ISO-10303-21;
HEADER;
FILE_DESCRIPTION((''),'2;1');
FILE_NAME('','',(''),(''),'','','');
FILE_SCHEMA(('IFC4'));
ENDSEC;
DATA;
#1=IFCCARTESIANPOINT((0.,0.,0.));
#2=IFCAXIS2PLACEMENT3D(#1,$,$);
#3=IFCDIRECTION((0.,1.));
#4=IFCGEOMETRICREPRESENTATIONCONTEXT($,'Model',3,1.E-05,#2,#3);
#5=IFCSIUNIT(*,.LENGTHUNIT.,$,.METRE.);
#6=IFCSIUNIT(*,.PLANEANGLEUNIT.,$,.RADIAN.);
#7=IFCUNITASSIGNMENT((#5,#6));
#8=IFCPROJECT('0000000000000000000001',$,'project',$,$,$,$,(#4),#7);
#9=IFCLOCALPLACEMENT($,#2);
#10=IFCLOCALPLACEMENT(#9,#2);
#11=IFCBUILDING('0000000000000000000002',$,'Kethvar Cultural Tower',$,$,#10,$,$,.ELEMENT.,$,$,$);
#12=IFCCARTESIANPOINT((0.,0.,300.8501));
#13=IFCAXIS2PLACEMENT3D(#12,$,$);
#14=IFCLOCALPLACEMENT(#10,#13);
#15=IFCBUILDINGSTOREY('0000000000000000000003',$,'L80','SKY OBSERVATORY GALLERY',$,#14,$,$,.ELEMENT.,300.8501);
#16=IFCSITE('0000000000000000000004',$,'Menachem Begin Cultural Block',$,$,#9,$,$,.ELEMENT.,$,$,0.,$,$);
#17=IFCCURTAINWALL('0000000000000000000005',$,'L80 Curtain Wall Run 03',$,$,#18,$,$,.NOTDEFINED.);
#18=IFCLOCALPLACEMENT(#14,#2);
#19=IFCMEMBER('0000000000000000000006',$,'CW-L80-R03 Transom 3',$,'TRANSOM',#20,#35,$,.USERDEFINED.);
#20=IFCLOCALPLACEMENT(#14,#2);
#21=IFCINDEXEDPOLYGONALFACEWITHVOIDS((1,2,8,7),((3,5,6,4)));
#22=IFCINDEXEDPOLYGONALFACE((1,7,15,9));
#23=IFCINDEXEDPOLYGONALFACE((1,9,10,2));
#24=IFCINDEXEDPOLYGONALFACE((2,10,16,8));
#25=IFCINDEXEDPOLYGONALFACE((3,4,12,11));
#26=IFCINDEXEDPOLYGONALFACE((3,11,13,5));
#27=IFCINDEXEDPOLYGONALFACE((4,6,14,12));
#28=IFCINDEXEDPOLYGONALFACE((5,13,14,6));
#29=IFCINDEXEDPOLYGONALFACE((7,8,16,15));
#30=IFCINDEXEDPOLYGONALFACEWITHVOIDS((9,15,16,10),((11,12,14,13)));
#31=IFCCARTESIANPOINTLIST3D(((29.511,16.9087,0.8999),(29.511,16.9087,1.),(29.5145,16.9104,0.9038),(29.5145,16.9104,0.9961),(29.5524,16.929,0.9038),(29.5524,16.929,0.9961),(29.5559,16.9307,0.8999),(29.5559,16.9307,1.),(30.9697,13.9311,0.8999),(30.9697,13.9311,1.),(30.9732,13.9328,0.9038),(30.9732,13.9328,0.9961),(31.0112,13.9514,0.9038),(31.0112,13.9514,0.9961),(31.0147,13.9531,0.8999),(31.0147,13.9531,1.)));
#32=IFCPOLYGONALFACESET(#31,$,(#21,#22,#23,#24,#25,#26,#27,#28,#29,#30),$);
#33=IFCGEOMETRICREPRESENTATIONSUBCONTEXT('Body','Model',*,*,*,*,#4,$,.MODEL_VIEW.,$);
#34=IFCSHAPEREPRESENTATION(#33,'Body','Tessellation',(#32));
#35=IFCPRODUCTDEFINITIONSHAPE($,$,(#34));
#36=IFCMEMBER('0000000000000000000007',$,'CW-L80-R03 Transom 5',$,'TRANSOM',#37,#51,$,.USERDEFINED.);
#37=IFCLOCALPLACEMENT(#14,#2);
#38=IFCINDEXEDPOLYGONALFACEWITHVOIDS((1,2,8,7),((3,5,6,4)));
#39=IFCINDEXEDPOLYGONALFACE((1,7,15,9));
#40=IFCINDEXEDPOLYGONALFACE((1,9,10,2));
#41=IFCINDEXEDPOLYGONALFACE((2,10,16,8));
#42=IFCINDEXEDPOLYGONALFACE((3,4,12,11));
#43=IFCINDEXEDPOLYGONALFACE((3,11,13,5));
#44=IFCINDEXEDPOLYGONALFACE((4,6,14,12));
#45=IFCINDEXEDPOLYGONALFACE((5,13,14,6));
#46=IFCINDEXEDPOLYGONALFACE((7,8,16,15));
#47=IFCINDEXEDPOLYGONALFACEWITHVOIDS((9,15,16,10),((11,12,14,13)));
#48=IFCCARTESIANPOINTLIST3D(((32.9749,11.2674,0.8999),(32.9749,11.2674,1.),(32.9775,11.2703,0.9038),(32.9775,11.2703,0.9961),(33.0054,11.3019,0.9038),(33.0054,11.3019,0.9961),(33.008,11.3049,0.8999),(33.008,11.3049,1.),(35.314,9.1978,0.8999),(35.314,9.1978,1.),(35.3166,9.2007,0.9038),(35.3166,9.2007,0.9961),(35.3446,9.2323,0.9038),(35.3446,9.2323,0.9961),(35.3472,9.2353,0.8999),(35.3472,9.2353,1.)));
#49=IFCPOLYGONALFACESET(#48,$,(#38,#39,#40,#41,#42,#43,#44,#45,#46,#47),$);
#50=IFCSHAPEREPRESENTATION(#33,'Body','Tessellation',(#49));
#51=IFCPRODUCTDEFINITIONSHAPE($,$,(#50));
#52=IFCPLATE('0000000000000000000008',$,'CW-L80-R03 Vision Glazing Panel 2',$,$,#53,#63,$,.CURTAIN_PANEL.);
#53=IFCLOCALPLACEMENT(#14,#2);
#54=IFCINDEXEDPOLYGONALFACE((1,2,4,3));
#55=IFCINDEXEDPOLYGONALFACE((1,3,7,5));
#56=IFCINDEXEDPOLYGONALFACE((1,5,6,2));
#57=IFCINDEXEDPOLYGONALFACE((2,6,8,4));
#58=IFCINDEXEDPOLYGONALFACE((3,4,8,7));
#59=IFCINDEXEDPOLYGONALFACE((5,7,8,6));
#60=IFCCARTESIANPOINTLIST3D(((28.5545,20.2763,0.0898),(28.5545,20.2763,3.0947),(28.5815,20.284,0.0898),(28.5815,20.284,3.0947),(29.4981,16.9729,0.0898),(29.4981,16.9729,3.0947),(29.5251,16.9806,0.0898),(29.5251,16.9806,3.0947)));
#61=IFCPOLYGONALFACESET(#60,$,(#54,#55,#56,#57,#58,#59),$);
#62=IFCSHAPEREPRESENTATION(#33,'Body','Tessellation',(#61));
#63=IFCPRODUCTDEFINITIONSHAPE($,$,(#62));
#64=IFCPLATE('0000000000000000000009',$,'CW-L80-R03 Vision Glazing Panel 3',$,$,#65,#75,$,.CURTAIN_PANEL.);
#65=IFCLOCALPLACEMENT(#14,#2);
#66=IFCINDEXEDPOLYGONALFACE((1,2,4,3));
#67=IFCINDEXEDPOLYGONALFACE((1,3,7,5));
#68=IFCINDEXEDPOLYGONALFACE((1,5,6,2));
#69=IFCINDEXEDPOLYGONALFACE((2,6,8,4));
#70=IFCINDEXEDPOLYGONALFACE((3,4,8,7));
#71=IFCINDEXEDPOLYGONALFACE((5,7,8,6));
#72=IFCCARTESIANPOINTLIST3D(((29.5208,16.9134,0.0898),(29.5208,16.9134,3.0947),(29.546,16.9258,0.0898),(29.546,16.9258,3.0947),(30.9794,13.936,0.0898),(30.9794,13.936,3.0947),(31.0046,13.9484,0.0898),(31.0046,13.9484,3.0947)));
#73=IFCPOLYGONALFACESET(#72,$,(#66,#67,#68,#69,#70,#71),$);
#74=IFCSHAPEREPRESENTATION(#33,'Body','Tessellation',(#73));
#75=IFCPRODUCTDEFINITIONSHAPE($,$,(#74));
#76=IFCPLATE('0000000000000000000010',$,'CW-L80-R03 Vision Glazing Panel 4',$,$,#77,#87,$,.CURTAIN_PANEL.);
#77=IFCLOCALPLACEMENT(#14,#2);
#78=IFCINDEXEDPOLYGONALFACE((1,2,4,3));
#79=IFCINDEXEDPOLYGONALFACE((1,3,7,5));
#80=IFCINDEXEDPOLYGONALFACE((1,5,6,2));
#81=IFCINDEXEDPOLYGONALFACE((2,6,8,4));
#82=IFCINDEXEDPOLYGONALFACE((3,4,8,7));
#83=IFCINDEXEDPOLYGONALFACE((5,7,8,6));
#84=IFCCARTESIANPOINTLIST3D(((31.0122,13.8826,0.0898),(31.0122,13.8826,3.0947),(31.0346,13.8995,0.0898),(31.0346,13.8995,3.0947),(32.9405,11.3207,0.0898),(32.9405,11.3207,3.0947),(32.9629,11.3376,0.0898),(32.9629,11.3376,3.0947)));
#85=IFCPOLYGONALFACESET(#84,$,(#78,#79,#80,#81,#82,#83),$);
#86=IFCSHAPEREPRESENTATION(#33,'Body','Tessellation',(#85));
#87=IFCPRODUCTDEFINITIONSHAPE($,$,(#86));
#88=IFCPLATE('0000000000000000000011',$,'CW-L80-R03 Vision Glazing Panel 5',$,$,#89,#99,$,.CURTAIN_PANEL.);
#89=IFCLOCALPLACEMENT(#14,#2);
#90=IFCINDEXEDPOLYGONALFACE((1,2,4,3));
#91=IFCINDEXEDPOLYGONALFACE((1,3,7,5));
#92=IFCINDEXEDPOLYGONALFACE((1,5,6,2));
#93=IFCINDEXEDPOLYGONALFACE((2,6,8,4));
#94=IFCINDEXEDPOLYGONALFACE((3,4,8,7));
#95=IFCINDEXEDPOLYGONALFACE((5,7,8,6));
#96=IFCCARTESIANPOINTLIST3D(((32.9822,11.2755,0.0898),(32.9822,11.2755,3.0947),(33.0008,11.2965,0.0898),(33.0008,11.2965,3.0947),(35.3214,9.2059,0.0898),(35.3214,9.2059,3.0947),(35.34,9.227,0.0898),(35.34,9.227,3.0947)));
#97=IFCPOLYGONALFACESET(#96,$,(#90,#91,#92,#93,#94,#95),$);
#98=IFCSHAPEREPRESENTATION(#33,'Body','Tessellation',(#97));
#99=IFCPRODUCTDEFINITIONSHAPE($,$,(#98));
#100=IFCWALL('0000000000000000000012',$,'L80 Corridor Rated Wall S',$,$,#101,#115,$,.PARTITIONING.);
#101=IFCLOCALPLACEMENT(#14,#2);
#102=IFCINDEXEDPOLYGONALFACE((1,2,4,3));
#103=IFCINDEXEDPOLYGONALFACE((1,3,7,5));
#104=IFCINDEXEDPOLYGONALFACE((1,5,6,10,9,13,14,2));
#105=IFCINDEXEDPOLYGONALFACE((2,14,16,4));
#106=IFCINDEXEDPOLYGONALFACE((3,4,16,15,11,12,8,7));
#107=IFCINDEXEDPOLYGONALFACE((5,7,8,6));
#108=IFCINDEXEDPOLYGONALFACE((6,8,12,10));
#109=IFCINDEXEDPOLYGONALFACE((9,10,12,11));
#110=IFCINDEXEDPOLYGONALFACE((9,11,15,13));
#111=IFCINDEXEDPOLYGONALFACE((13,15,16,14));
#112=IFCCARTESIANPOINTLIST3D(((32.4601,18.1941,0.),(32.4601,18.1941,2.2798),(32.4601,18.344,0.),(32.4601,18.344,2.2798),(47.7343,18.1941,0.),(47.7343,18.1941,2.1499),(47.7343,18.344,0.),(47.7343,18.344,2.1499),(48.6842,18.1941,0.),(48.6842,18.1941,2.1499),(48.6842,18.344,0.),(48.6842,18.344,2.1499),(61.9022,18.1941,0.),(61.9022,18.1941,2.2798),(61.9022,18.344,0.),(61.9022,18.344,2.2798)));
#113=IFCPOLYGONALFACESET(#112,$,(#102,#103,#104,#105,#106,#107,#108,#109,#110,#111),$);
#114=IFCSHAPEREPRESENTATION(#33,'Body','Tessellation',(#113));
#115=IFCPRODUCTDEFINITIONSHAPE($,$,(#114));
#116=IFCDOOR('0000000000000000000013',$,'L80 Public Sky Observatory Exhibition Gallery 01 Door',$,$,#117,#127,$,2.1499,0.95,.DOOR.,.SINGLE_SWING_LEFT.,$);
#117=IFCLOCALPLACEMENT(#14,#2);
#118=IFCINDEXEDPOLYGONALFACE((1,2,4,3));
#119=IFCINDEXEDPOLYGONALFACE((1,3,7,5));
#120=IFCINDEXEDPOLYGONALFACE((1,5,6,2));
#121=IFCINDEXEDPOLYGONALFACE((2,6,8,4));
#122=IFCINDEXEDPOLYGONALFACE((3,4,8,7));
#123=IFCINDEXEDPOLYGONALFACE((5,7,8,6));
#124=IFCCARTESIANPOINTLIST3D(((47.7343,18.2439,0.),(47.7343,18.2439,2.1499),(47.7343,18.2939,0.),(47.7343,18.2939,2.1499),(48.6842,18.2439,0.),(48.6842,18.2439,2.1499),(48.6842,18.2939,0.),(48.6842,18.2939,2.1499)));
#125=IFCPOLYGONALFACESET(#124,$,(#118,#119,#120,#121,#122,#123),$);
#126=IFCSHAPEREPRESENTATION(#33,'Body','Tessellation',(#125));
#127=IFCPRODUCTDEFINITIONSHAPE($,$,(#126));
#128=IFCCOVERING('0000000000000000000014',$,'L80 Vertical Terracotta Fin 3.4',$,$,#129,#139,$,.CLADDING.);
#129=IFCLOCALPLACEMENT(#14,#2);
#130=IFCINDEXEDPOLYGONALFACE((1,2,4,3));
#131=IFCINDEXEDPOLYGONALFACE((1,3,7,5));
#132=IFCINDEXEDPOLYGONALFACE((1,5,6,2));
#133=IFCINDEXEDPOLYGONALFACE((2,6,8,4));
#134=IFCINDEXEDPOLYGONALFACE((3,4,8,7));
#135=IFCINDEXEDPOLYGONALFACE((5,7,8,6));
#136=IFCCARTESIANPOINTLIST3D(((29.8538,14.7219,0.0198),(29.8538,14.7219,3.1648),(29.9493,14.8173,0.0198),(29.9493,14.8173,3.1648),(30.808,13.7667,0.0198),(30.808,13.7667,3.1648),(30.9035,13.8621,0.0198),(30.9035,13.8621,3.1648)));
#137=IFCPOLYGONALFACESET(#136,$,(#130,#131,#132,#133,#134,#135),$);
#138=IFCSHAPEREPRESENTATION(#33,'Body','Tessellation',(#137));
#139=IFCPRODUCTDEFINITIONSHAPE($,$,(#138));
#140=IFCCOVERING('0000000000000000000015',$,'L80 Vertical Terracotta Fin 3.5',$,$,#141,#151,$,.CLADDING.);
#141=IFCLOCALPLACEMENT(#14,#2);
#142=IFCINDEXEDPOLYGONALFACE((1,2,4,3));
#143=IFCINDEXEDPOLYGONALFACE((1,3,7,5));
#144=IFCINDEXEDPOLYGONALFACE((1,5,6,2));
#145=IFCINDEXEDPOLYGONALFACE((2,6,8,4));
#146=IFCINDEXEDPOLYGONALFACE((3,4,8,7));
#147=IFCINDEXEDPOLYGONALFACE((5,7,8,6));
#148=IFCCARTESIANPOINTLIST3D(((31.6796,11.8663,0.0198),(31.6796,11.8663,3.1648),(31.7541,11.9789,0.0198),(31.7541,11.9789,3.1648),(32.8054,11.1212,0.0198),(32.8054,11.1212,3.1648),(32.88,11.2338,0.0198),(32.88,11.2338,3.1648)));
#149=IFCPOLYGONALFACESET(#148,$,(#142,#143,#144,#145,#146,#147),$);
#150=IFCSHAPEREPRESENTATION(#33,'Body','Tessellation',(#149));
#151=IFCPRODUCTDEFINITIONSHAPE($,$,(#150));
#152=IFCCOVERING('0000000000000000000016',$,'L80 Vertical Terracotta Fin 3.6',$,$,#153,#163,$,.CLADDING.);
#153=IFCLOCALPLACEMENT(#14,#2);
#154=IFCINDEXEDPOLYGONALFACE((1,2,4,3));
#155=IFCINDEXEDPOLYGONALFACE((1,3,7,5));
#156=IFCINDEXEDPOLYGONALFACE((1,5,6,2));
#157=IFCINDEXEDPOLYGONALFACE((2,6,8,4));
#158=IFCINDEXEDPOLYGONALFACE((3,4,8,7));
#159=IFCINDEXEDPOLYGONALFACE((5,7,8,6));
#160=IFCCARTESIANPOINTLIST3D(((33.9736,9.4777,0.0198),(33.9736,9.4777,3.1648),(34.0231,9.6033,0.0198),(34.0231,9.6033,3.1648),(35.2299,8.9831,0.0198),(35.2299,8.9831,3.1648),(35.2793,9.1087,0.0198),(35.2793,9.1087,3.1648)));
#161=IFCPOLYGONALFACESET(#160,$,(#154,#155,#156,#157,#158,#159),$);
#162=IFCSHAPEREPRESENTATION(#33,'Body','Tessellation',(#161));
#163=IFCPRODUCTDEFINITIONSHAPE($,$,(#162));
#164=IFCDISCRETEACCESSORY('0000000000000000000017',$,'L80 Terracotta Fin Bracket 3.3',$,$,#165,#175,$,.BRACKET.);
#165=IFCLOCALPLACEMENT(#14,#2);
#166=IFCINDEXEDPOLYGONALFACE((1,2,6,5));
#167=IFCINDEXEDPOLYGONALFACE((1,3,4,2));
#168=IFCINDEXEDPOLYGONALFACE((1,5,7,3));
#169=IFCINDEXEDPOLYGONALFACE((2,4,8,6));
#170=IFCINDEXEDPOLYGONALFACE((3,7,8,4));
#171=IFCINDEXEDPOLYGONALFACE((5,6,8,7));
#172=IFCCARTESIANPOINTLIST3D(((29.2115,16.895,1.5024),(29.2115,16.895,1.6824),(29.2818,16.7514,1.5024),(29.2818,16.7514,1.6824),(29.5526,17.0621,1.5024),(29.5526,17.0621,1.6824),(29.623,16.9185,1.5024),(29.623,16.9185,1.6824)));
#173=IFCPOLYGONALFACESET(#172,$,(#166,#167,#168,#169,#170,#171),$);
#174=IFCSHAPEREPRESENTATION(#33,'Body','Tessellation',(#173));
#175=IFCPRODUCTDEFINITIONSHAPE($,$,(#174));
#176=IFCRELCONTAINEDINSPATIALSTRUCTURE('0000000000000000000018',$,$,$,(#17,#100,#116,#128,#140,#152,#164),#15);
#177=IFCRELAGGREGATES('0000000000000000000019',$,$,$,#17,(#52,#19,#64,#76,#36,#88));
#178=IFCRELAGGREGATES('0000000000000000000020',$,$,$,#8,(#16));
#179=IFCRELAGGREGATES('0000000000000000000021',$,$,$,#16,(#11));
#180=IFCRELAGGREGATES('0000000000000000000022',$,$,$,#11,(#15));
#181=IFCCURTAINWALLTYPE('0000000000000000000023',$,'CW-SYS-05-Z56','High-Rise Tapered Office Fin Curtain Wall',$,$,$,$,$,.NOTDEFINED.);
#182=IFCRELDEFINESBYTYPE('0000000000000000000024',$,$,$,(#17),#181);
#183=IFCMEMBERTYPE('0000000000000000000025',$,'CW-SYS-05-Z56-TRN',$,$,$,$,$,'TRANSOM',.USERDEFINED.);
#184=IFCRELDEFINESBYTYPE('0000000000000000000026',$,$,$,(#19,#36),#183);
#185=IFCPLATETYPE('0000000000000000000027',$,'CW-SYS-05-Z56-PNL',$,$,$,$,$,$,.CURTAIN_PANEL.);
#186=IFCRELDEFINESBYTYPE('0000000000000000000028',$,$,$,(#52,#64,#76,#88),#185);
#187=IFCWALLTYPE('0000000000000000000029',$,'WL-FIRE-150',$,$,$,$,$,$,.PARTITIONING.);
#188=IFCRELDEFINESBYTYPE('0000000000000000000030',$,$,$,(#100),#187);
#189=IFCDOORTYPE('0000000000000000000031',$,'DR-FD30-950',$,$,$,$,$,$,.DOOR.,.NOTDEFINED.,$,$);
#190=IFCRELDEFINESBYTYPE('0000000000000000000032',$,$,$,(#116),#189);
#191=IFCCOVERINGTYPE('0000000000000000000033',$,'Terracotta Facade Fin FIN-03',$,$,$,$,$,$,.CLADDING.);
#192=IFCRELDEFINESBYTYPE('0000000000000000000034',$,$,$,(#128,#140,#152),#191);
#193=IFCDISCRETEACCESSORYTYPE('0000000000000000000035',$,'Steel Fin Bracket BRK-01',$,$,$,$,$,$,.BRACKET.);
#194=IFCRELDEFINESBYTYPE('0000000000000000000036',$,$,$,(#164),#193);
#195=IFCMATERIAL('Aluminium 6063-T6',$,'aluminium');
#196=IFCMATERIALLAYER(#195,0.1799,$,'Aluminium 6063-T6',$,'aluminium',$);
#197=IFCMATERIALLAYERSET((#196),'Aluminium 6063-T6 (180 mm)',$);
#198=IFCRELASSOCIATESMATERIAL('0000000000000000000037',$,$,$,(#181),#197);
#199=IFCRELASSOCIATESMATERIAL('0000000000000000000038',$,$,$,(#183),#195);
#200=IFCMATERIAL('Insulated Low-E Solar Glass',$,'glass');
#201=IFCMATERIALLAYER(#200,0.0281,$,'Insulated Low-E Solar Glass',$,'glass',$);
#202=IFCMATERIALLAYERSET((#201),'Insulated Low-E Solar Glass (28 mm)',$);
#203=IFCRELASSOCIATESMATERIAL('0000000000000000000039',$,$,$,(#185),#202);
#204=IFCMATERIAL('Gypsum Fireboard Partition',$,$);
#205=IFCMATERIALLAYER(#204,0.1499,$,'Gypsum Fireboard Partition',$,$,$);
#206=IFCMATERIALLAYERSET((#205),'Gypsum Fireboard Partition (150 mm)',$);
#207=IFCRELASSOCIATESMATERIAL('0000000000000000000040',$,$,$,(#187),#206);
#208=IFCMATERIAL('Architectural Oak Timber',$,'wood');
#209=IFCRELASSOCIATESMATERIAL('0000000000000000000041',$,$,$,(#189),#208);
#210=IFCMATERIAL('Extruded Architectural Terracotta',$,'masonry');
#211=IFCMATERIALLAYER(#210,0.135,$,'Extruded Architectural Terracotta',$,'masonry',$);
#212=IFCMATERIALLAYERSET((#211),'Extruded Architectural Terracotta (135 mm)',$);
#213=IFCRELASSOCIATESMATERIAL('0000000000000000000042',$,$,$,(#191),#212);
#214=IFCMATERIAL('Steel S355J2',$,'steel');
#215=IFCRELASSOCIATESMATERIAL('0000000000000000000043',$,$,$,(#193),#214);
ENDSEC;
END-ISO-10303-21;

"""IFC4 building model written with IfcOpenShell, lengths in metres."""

from ifc_helpers import new_model, si_unit, direction, frame, frame_2d, origin, origin_2d, place, context, subcontext, project, spatial, rectangle, hollow_rectangle, extrude, source, transform, mapped, material, layer, layer_set, material_profile, profile_set, type_object, element, fill, aggregate, save


model = new_model("IFC4")

# Units and contexts
model_context = context("Model", 3, precision=1e-05, world=origin(), true_north=direction((0.0, 1.0)))
body_context = subcontext(model_context, "Body", "Model", "MODEL_VIEW")
ifc_project = project(units=[si_unit("LENGTHUNIT", "METRE"), si_unit("PLANEANGLEUNIT", "RADIAN")], contexts=[model_context])

# Site, building, storey
site_placement = place(None, origin())
site = spatial("IfcSite", under=ifc_project, at=site_placement, Name="Menachem Begin Cultural Block", CompositionType="ELEMENT", RefElevation=0.0)
building_placement = place(site_placement, origin())
building = spatial("IfcBuilding", under=site, at=building_placement, Name="Kethvar Cultural Tower", CompositionType="ELEMENT")
storey_placement = place(building_placement, frame((0.0, 0.0, 300.8501)))
storey = spatial("IfcBuildingStorey", under=building, at=storey_placement, Name="L80", Description="SKY OBSERVATORY GALLERY", CompositionType="ELEMENT", Elevation=300.8501)

# Shared definitions
ifc_material_1 = material(Name="Steel S355J2", Category="steel")

# Curtain wall, members, plates
ifc_material_2 = material(Name="Aluminium 6063-T6", Category="aluminium")
ifc_layer_1 = layer(ifc_material_2, 0.1799, Name="Aluminium 6063-T6", Category="aluminium")
ifc_layer_set_1 = layer_set([ifc_layer_1], Name="Aluminium 6063-T6 (180 mm)")
curtain_wall_type = type_object("IfcCurtainWallType", Name="CW-SYS-05-Z56", Description="High-Rise Tapered Office Fin Curtain Wall", PredefinedType="NOTDEFINED", material=ifc_layer_set_1)
curtain_wall_placement = place(storey_placement, origin())
curtain_wall = element("IfcCurtainWall", 1, at=curtain_wall_placement, inside=storey, type_object=curtain_wall_type, Name="L80 Curtain Wall Run 03", PredefinedType="NOTDEFINED")
ifc_material_profile_1 = material_profile(ifc_material_2, hollow_rectangle(XDim=0.05, YDim=0.1001, WallThickness=0.0039, at=origin_2d()), Name="Aluminium 6063-T6 — RHS100x50x4")
ifc_profile_set_1 = profile_set([ifc_material_profile_1], Name="Aluminium 6063-T6 — RHS100x50x4")
member_type_1 = type_object("IfcMemberType", Name="CW-SYS-05-Z56-TRN", ElementType="TRANSOM", PredefinedType="USERDEFINED", material=ifc_profile_set_1)
shared_shape_1 = source(origin(), body_context, "Body", "SweptSolid", [
    extrude(hollow_rectangle(XDim=0.05, YDim=0.1001, WallThickness=0.0039, at=origin_2d()), origin(), (0.0, 0.0, 1.0), 3.3157),
])
member_1_placement = place(storey_placement, frame((29.5334, 16.9197, 0.95), z_axis=(0.439953, -0.898021, 0.0), x_axis=(0.898021, 0.439953, 0.0)))
member_1 = element("IfcMember", 2, at=member_1_placement, type_object=member_type_1, Name="CW-L80-R03 Transom 3", ObjectType="TRANSOM", PredefinedType="USERDEFINED", context=body_context, shape_type="MappedRepresentation", body=[
    mapped(shared_shape_1, transform((0.0, 0.0, 0.0), scale=1.0)),
])
shared_shape_2 = source(origin(), body_context, "Body", "SweptSolid", [
    extrude(hollow_rectangle(XDim=0.05, YDim=0.1001, WallThickness=0.0039, at=origin_2d()), origin(), (0.0, 0.0, 1.0), 3.1233),
])
member_2_placement = place(storey_placement, frame((32.9915, 11.2861, 0.95), z_axis=(0.748938, -0.66264, 0.0), x_axis=(0.66264, 0.748938, 0.0)))
member_2 = element("IfcMember", 3, at=member_2_placement, type_object=member_type_1, Name="CW-L80-R03 Transom 5", ObjectType="TRANSOM", PredefinedType="USERDEFINED", context=body_context, shape_type="MappedRepresentation", body=[
    mapped(shared_shape_2, transform((0.0, 0.0, 0.0), scale=1.0)),
])
ifc_material_3 = material(Name="Insulated Low-E Solar Glass", Category="glass")
ifc_layer_2 = layer(ifc_material_3, 0.0281, Name="Insulated Low-E Solar Glass", Category="glass")
ifc_layer_set_2 = layer_set([ifc_layer_2], Name="Insulated Low-E Solar Glass (28 mm)")
plate_type = type_object("IfcPlateType", Name="CW-SYS-05-Z56-PNL", PredefinedType="CURTAIN_PANEL", material=ifc_layer_set_2)
shared_shape_3 = source(origin(), body_context, "Body", "SweptSolid", [
    extrude(rectangle(XDim=3.4355, YDim=0.0281, at=origin_2d()), origin(), (0.0, 0.0, 1.0), 3.0049),
])
plate_1_placement = place(storey_placement, frame((29.0398, 18.6284, 0.0898), z_axis=(0.0, 0.0, 1.0), x_axis=(0.274681, -0.961535, 0.0)))
plate_1 = element("IfcPlate", 4, at=plate_1_placement, type_object=plate_type, Name="CW-L80-R03 Vision Glazing Panel 2", PredefinedType="CURTAIN_PANEL", context=body_context, shape_type="MappedRepresentation", body=[
    mapped(shared_shape_3, transform((0.0, 0.0, 0.0), scale=1.0)),
])
shared_shape_4 = source(origin(), body_context, "Body", "SweptSolid", [
    extrude(rectangle(XDim=3.3154, YDim=0.0281, at=origin_2d()), origin(), (0.0, 0.0, 1.0), 3.0049),
])
plate_2_placement = place(storey_placement, frame((30.2627, 15.4309, 0.0898), z_axis=(0.0, 0.0, 1.0), x_axis=(0.439923, -0.898035, 0.0)))
plate_2 = element("IfcPlate", 5, at=plate_2_placement, type_object=plate_type, Name="CW-L80-R03 Vision Glazing Panel 3", PredefinedType="CURTAIN_PANEL", context=body_context, shape_type="MappedRepresentation", body=[
    mapped(shared_shape_4, transform((0.0, 0.0, 0.0), scale=1.0)),
])
shared_shape_5 = source(origin(), body_context, "Body", "SweptSolid", [
    extrude(rectangle(XDim=3.2065, YDim=0.0281, at=origin_2d()), origin(), (0.0, 0.0, 1.0), 3.0049),
])
plate_3_placement = place(storey_placement, frame((31.9875, 12.6101, 0.0898), z_axis=(0.0, 0.0, 1.0), x_axis=(0.601369, -0.798972, 0.0)))
plate_3 = element("IfcPlate", 6, at=plate_3_placement, type_object=plate_type, Name="CW-L80-R03 Vision Glazing Panel 4", PredefinedType="CURTAIN_PANEL", context=body_context, shape_type="MappedRepresentation", body=[
    mapped(shared_shape_5, transform((0.0, 0.0, 0.0), scale=1.0)),
])
shared_shape_6 = source(origin(), body_context, "Body", "SweptSolid", [
    extrude(rectangle(XDim=3.1233, YDim=0.0281, at=origin_2d()), origin(), (0.0, 0.0, 1.0), 3.0049),
])
plate_4_placement = place(storey_placement, frame((34.1611, 10.2512, 0.0898), z_axis=(0.0, 0.0, 1.0), x_axis=(0.748956, -0.66262, 0.0)))
plate_4 = element("IfcPlate", 7, at=plate_4_placement, type_object=plate_type, Name="CW-L80-R03 Vision Glazing Panel 5", PredefinedType="CURTAIN_PANEL", context=body_context, shape_type="MappedRepresentation", body=[
    mapped(shared_shape_6, transform((0.0, 0.0, 0.0), scale=1.0)),
])
aggregate(curtain_wall, [plate_1, member_1, plate_2, plate_3, member_2, plate_4])

# Wall, opening, door
ifc_material_4 = material(Name="Gypsum Fireboard Partition")
ifc_layer_3 = layer(ifc_material_4, 0.1499, Name="Gypsum Fireboard Partition")
ifc_layer_set_3 = layer_set([ifc_layer_3], Name="Gypsum Fireboard Partition (150 mm)")
wall_type = type_object("IfcWallType", Name="WL-FIRE-150", PredefinedType="PARTITIONING", material=ifc_layer_set_3)
wall_placement = place(storey_placement, frame((32.46, 18.269, 0.0), z_axis=(0.0, 0.0, 1.0), x_axis=(1.0, 0.0, 0.0)))
wall = element("IfcWall", 8, at=wall_placement, inside=storey, type_object=wall_type, Name="L80 Corridor Rated Wall S", PredefinedType="PARTITIONING", context=body_context, shape_type="SweptSolid", body=[
    extrude(rectangle(XDim=29.4421, YDim=0.1499, at=frame_2d((14.7212, 0.0))), origin(), (0.0, 0.0, 1.0), 2.2798),
])
opening_placement = place(wall_placement, frame((15.2742, 0.0, 0.0)))
opening = element("IfcOpeningElement", 9, at=opening_placement, cuts=wall, PredefinedType="OPENING", context=body_context, shape_type="SweptSolid", body=[
    extrude(rectangle(XDim=0.95, YDim=2.1499, at=frame_2d((0.4751, 1.075))), frame((0.0, 0.085, 0.0), z_axis=(0.0, -1.0, 0.0), x_axis=(1.0, 0.0, 0.0)), (0.0, 0.0, 1.0), 0.1699),
])
ifc_material_5 = material(Name="Architectural Oak Timber", Category="wood")
door_type = type_object("IfcDoorType", Name="DR-FD30-950", OperationType="NOTDEFINED", PredefinedType="DOOR", material=ifc_material_5)
shared_shape_7 = source(origin(), body_context, "Body", "SweptSolid", [
    extrude(rectangle(XDim=0.95, YDim=2.1499, at=frame_2d((0.4751, 1.075))), frame((0.0, 0.0249, 0.0), z_axis=(0.0, -1.0, 0.0), x_axis=(1.0, 0.0, 0.0)), (0.0, 0.0, 1.0), 0.05),
])
door_placement = place(opening_placement, origin())
door = element("IfcDoor", 10, at=door_placement, inside=storey, type_object=door_type, Name="L80 Public Sky Observatory Exhibition Gallery 01 Door", OperationType="SINGLE_SWING_LEFT", OverallHeight=2.1499, OverallWidth=0.95, PredefinedType="DOOR", context=body_context, shape_type="MappedRepresentation", body=[
    mapped(shared_shape_7, transform((0.0, 0.0, 0.0), scale=1.0)),
])
fill(opening, door)

# Coverings
ifc_material_6 = material(Name="Extruded Architectural Terracotta", Category="masonry")
ifc_layer_4 = layer(ifc_material_6, 0.135, Name="Extruded Architectural Terracotta", Category="masonry")
ifc_layer_set_4 = layer_set([ifc_layer_4], Name="Extruded Architectural Terracotta (135 mm)")
covering_type = type_object("IfcCoveringType", Name="Terracotta Facade Fin FIN-03", PredefinedType="CLADDING", material=ifc_layer_set_4)
shared_shape_8 = source(origin(), body_context, "Body", "SweptSolid", [
    extrude(rectangle(XDim=1.3501, YDim=0.135, at=origin_2d()), origin(), (0.0, 0.0, 1.0), 3.145),
])
for number, where, z_axis, x_axis, name in (
    (11, (30.3787, 14.292, 0.0198), (0.0, 0.0, 1.0), (-0.706736, 0.707477, 0.0), "L80 Vertical Terracotta Fin 3.4"),
    (12, (32.2798, 11.55, 0.0198), (0.0, 0.0, 1.0), (-0.833886, 0.551937, 0.0), "L80 Vertical Terracotta Fin 3.5"),
    (13, (34.6265, 9.2932, 0.0198), (0.0, 0.0, 1.0), (-0.930482, 0.366339, 0.0), "L80 Vertical Terracotta Fin 3.6"),
):
    element("IfcCovering", number, at=place(storey_placement, frame(where, z_axis=z_axis, x_axis=x_axis)), inside=storey, type_object=covering_type, Name=name, PredefinedType="CLADDING", context=body_context, shape_type="MappedRepresentation", body=[
        mapped(shared_shape_8, transform((0.0, 0.0, 0.0), scale=1.0)),
    ])

# Discrete accessory
discrete_accessory_type = type_object("IfcDiscreteAccessoryType", Name="Steel Fin Bracket BRK-01", PredefinedType="BRACKET", material=ifc_material_1)
shared_shape_9 = source(origin(), body_context, "Body", "SweptSolid", [
    extrude(rectangle(XDim=0.3799, YDim=0.1599, at=origin_2d()), origin(), (0.0, 0.0, 1.0), 0.1799),
])
for number, where, z_axis, x_axis, name in (
    (14, (29.4172, 16.9067, 1.5024), (0.0, 0.0, 1.0), (-0.898028, -0.439939, 0.0), "L80 Terracotta Fin Bracket 3.3"),
):
    element("IfcDiscreteAccessory", number, at=place(storey_placement, frame(where, z_axis=z_axis, x_axis=x_axis)), inside=storey, type_object=discrete_accessory_type, Name=name, PredefinedType="BRACKET", context=body_context, shape_type="MappedRepresentation", body=[
        mapped(shared_shape_9, transform((0.0, 0.0, 0.0), scale=1.0)),
    ])

save(model, "model.ifc")
